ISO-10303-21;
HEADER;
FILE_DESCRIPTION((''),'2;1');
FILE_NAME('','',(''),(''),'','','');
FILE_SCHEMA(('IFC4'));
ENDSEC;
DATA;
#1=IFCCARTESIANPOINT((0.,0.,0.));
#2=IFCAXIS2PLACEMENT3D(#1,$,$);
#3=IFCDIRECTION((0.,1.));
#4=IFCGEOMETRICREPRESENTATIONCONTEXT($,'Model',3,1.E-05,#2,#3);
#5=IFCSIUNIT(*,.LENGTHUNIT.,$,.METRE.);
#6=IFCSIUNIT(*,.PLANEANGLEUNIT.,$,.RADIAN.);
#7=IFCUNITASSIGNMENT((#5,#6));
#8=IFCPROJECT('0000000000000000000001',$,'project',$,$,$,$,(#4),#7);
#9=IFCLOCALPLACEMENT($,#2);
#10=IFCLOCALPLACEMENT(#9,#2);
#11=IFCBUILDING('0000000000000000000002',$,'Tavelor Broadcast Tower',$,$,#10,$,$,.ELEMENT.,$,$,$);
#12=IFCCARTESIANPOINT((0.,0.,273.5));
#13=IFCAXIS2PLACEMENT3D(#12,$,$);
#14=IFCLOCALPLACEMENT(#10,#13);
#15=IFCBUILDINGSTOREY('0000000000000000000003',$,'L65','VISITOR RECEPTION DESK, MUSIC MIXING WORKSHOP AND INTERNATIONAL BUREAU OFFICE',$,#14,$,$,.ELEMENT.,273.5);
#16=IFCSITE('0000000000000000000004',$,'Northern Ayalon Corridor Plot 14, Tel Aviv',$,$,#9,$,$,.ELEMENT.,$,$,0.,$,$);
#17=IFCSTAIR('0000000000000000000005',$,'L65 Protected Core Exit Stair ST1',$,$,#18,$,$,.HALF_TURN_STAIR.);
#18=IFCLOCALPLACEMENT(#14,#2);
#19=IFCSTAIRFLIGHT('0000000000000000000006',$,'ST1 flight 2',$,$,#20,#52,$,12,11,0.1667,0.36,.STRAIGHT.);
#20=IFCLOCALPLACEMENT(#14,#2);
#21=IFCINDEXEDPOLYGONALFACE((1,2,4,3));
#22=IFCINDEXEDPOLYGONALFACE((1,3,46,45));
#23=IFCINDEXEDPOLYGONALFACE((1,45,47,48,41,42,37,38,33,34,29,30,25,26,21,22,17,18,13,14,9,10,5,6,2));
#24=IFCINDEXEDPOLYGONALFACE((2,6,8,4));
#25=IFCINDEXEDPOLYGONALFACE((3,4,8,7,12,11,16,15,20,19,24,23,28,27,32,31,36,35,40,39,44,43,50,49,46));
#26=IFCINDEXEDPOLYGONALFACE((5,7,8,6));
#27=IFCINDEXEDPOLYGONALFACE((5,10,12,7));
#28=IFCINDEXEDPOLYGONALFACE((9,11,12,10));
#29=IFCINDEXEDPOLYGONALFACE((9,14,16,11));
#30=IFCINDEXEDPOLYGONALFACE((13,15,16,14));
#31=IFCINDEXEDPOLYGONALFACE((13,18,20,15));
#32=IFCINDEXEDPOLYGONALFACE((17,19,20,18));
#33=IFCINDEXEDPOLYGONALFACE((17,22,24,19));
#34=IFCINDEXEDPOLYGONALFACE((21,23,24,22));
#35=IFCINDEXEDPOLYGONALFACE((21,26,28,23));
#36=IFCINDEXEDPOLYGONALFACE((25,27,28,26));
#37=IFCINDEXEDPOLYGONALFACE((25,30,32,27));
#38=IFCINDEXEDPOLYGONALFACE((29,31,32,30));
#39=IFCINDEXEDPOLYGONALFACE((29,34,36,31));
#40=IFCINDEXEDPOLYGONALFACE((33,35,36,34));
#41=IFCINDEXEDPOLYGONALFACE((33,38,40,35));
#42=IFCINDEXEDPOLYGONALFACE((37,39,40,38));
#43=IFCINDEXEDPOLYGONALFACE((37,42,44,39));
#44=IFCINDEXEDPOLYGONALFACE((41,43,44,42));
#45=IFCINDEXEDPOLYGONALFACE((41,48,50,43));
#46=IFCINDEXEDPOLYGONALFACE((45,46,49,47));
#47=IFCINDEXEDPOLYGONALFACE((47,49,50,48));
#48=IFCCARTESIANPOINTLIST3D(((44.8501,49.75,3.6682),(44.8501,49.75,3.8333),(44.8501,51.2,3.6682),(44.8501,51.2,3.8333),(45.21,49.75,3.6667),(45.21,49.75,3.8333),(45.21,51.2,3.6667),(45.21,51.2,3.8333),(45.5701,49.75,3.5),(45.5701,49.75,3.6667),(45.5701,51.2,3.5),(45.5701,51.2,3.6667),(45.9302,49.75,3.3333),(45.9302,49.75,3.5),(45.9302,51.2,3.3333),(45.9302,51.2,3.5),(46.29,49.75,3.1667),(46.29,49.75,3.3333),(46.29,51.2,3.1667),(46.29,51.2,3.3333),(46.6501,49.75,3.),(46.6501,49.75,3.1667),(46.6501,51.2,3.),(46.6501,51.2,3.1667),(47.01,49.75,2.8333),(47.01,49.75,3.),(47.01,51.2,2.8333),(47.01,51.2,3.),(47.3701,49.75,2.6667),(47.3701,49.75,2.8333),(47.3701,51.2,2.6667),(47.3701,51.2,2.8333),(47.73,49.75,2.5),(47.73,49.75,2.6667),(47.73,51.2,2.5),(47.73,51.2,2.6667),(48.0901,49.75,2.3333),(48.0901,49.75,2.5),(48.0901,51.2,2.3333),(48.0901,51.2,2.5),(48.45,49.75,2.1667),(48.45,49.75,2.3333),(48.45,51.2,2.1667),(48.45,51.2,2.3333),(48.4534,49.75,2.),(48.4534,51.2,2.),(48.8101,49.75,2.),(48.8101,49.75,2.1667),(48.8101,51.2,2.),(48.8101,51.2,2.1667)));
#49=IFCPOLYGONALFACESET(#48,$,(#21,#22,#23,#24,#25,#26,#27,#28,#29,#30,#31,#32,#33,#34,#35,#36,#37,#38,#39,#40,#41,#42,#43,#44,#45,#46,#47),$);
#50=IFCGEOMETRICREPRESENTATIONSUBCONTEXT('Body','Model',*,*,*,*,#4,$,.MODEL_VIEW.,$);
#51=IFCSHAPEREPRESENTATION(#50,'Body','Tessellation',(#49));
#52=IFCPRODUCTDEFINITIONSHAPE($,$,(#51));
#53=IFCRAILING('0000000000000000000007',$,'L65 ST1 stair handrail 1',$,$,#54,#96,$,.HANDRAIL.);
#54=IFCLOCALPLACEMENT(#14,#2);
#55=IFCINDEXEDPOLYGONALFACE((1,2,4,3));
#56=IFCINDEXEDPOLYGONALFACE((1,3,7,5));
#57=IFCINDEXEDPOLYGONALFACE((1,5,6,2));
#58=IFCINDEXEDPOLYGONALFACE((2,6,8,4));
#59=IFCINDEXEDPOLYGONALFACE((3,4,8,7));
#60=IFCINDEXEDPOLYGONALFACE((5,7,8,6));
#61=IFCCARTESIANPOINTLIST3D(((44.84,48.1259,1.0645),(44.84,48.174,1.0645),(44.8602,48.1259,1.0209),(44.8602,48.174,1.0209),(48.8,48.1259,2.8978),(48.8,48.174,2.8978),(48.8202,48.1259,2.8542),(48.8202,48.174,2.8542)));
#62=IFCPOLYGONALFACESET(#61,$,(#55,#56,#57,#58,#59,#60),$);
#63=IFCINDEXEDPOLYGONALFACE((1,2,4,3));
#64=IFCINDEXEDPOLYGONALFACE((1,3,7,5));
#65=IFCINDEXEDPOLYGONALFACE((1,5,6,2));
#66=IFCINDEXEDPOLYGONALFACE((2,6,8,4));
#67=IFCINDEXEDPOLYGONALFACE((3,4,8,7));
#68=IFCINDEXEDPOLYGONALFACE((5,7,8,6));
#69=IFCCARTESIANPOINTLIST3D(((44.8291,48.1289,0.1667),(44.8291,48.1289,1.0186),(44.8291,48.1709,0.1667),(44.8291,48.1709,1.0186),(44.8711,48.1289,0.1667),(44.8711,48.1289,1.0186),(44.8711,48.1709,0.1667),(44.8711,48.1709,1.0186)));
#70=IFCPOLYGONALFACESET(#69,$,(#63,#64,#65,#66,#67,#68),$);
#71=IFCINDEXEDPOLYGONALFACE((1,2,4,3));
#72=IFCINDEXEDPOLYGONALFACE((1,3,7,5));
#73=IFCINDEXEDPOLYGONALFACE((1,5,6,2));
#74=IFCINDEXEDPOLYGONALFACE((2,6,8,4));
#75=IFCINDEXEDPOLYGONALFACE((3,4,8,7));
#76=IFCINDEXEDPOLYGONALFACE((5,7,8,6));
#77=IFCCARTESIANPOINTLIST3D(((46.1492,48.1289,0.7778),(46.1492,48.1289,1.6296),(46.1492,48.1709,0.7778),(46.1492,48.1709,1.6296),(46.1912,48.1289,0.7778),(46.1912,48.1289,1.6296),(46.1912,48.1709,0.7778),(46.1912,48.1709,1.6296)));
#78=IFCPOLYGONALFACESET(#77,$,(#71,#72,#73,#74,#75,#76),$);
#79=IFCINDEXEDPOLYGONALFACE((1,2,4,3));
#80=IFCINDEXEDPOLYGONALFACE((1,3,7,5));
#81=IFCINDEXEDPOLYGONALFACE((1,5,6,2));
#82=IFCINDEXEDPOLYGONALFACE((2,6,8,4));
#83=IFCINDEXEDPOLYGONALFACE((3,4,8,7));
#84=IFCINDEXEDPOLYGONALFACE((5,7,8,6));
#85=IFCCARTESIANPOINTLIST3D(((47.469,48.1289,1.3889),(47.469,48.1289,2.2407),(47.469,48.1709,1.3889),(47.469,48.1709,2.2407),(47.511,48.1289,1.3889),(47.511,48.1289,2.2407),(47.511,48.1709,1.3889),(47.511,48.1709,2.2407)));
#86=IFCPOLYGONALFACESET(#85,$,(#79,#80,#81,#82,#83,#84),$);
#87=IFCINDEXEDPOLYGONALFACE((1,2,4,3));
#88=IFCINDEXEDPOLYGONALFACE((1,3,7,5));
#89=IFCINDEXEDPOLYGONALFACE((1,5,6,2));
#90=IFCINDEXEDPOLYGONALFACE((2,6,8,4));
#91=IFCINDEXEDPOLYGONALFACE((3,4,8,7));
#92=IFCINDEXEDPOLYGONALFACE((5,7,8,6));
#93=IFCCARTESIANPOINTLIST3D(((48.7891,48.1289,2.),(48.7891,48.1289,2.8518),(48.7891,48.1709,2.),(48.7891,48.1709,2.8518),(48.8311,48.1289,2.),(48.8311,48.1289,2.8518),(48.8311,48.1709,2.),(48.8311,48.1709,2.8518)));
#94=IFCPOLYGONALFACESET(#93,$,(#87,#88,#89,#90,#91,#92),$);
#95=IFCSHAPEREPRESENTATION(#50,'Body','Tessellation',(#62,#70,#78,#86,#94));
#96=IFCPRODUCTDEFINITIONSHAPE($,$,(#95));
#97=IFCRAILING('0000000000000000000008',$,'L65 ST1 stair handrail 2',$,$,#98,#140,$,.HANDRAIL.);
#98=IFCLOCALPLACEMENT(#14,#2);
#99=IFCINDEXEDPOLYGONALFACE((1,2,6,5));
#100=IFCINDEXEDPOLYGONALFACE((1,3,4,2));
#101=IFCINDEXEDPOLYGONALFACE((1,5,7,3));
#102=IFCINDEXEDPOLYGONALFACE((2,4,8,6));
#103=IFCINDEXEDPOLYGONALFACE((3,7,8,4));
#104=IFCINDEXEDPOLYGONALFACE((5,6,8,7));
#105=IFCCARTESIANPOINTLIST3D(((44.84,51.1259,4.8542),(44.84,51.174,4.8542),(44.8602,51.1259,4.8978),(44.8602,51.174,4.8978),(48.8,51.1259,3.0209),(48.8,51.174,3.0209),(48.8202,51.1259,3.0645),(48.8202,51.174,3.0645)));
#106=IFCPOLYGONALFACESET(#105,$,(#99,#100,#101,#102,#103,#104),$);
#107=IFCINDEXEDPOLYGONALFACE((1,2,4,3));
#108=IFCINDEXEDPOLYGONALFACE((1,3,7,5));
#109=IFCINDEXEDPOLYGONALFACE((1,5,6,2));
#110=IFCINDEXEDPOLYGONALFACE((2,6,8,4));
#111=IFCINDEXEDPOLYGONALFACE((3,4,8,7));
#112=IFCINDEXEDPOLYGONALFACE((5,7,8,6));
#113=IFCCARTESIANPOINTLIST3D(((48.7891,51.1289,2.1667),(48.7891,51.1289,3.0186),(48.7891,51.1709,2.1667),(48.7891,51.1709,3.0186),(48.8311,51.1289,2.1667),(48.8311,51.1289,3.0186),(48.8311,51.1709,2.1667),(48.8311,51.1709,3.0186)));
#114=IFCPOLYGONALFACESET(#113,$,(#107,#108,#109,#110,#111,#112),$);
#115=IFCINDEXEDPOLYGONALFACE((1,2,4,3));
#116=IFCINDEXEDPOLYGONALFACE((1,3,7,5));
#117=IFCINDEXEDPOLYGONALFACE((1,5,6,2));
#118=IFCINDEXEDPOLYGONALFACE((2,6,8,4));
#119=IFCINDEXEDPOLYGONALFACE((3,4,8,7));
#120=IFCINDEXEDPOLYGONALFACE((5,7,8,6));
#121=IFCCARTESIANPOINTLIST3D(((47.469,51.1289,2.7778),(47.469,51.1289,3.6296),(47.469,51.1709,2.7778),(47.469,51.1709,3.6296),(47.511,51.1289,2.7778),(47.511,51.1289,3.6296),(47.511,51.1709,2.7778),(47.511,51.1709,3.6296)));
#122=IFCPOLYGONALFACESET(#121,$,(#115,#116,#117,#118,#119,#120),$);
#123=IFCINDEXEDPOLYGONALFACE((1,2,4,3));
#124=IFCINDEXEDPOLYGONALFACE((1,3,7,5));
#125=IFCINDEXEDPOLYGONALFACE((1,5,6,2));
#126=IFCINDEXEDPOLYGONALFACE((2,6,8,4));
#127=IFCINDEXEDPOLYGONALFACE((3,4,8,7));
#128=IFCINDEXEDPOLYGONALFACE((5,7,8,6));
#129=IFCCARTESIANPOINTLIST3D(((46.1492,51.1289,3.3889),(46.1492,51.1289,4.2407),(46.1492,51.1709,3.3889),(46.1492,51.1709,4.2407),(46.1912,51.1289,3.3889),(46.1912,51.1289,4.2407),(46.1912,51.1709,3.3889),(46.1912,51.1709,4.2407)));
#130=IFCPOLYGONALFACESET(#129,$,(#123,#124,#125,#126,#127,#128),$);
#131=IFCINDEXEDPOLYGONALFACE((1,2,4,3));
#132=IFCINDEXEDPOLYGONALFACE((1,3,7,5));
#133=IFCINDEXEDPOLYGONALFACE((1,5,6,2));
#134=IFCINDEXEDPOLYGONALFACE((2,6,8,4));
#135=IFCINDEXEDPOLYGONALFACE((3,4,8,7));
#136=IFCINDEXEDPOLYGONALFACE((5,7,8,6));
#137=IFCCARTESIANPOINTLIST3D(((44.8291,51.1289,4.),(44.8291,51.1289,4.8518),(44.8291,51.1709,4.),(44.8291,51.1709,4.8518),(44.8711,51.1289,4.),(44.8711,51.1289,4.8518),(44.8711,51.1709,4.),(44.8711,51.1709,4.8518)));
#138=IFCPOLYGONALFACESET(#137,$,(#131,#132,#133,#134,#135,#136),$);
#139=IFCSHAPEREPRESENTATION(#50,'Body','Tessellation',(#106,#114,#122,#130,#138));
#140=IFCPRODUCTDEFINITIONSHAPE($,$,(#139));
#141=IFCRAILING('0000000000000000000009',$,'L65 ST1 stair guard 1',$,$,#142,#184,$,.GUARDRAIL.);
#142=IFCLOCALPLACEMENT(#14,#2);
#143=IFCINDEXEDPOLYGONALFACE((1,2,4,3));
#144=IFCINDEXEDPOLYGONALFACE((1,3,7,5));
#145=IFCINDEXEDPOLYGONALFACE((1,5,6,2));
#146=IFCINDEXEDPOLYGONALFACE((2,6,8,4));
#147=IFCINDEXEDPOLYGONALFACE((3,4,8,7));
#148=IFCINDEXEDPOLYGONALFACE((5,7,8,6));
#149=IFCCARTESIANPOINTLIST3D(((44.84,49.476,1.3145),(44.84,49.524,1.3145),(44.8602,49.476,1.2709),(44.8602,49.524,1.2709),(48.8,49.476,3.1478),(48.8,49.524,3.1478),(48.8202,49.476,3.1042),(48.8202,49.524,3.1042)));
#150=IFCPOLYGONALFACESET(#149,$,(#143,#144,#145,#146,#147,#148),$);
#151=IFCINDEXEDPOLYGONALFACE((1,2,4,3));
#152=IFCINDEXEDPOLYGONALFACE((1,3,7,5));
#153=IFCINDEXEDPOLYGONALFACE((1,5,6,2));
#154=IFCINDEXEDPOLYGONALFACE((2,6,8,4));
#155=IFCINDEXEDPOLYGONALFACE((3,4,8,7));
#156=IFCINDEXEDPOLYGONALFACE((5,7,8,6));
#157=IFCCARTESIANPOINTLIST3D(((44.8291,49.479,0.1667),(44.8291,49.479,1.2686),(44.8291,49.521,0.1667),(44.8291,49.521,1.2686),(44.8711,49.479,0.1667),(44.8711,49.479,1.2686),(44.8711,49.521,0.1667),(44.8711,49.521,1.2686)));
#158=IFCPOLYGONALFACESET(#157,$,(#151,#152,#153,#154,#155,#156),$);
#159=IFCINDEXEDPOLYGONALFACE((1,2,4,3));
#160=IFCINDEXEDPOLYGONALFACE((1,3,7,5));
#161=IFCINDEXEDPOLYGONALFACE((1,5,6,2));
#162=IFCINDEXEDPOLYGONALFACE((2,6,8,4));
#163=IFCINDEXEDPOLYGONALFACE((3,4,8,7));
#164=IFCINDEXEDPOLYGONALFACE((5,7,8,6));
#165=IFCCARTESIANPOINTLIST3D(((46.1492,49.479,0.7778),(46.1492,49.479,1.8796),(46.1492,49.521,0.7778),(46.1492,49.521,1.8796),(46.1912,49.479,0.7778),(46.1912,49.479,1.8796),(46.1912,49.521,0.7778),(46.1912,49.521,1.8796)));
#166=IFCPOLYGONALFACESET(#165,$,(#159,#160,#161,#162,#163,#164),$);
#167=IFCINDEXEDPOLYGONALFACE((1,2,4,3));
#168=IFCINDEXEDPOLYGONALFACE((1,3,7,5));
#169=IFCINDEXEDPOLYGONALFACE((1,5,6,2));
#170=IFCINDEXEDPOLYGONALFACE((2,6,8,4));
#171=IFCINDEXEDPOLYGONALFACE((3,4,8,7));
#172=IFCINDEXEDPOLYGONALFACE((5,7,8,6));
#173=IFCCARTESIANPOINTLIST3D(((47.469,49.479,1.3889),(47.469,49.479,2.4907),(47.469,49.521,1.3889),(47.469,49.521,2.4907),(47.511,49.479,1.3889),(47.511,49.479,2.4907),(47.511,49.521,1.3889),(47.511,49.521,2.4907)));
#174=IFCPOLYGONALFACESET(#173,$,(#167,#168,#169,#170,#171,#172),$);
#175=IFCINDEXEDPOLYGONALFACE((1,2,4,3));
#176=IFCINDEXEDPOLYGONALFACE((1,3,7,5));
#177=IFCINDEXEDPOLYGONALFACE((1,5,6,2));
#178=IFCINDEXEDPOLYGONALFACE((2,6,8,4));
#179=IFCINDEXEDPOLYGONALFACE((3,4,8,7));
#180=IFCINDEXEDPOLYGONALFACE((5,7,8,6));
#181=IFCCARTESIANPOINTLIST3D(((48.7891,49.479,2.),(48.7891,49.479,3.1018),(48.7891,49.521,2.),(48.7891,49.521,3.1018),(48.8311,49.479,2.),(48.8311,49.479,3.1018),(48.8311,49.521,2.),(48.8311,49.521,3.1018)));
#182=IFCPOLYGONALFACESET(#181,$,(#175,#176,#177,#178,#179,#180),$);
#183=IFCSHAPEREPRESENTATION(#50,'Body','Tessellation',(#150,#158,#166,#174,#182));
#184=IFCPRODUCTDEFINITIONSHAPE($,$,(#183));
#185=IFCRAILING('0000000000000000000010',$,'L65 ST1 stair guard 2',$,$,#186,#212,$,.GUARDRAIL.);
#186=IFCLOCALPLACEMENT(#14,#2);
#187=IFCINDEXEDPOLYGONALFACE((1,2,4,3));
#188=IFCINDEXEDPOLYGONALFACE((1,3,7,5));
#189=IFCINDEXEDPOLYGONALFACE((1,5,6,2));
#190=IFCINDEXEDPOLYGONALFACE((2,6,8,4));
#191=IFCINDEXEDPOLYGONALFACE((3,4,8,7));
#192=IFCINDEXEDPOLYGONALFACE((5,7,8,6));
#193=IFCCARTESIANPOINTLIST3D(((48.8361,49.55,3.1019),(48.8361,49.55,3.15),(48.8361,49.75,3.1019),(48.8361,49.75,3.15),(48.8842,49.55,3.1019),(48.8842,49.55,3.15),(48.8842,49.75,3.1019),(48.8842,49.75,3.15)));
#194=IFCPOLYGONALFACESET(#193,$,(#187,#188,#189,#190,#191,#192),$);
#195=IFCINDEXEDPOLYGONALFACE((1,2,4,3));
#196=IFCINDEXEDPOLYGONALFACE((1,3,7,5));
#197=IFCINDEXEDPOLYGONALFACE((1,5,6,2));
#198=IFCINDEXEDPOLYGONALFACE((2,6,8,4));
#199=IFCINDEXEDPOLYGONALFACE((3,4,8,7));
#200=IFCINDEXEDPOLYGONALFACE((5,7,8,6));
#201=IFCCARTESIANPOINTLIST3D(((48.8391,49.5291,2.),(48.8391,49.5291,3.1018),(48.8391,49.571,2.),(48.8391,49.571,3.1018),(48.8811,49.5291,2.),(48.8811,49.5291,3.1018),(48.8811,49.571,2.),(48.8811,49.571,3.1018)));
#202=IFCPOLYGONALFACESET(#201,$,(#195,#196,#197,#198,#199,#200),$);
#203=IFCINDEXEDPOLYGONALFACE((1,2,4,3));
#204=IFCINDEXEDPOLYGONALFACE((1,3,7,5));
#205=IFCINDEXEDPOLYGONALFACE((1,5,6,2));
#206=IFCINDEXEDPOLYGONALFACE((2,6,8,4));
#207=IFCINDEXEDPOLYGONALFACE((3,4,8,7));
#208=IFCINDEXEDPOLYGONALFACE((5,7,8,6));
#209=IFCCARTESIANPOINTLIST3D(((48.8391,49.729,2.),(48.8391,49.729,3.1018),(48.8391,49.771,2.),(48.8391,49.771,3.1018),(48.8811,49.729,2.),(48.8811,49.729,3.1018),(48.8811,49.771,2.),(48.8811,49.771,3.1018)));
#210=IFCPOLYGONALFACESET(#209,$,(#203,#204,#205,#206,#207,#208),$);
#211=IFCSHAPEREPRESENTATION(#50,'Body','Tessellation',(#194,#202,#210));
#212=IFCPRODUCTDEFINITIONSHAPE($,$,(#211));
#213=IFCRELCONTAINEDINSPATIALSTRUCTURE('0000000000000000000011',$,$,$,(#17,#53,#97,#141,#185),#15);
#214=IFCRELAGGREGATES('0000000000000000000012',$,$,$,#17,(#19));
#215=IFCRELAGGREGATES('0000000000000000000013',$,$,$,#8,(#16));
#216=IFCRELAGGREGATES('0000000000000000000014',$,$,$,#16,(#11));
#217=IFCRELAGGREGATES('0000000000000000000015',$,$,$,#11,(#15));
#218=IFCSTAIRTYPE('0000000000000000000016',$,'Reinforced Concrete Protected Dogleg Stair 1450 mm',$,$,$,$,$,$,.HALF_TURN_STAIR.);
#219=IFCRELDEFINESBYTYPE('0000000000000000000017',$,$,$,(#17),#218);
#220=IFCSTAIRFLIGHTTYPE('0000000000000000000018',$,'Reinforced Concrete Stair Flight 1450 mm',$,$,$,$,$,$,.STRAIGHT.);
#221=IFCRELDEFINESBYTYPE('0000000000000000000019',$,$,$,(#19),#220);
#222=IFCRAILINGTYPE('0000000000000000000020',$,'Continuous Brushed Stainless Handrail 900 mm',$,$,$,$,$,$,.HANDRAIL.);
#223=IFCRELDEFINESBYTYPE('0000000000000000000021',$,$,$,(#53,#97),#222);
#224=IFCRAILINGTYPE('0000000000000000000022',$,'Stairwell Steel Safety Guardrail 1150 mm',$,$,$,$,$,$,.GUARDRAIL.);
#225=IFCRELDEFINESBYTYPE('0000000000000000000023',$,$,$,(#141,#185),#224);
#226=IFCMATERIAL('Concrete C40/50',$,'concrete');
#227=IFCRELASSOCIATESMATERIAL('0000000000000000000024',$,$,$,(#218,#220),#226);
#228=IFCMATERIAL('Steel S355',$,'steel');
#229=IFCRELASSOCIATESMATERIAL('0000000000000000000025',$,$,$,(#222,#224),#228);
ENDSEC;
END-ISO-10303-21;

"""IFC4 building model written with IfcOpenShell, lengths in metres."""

from ifc_helpers import new_model, si_unit, direction, frame, origin, origin_2d, place, context, subcontext, project, spatial, polyline, rectangle, outline, extrude, material, type_object, element, aggregate, save


model = new_model("IFC4")

# Units and contexts
model_context = context("Model", 3, precision=1e-05, world=origin(), true_north=direction((0.0, 1.0)))
body_context = subcontext(model_context, "Body", "Model", "MODEL_VIEW")
ifc_project = project(units=[si_unit("LENGTHUNIT", "METRE"), si_unit("PLANEANGLEUNIT", "RADIAN")], contexts=[model_context])

# Site, building, storey
site_placement = place(None, origin())
site = spatial("IfcSite", under=ifc_project, at=site_placement, Name="Northern Ayalon Corridor Plot 14, Tel Aviv", CompositionType="ELEMENT", RefElevation=0.0)
building_placement = place(site_placement, origin())
building = spatial("IfcBuilding", under=site, at=building_placement, Name="Tavelor Broadcast Tower", CompositionType="ELEMENT")
storey_placement = place(building_placement, frame((0.0, 0.0, 273.5)))
storey = spatial("IfcBuildingStorey", under=building, at=storey_placement, Name="L65", Description="VISITOR RECEPTION DESK, MUSIC MIXING WORKSHOP AND INTERNATIONAL BUREAU OFFICE", CompositionType="ELEMENT", Elevation=273.5)

# Shared definitions
ifc_material_1 = material(Name="Steel S355", Category="steel")

# Shared definitions
ifc_material_2 = material(Name="Concrete C40/50", Category="concrete")

# Stair, stair flight
stair_type = type_object("IfcStairType", Name="Reinforced Concrete Protected Dogleg Stair 1450 mm", PredefinedType="HALF_TURN_STAIR", material=ifc_material_2)
stair_placement = place(storey_placement, origin())
stair = element("IfcStair", 1, at=stair_placement, inside=storey, type_object=stair_type, Name="L65 Protected Core Exit Stair ST1", PredefinedType="HALF_TURN_STAIR")
stair_flight_type = type_object("IfcStairFlightType", Name="Reinforced Concrete Stair Flight 1450 mm", PredefinedType="STRAIGHT", material=ifc_material_2)
stair_flight_1_placement = place(storey_placement, frame((48.8101, 50.4751, 2.0), z_axis=(0.0, 0.0, 1.0), x_axis=(-1.0, 0.0, 0.0)))
stair_flight_1 = element("IfcStairFlight", 2, at=stair_flight_1_placement, type_object=stair_flight_type, Name="ST1 flight 2", NumberOfRisers=12, NumberOfTreads=11, PredefinedType="STRAIGHT", RiserHeight=0.1667, TreadLength=0.36, context=body_context, shape_type="SweptSolid", body=[
    extrude(outline(polyline([(0.0, 0.0), (0.0, 0.1667), (0.3601, 0.1667), (0.3601, 0.3333), (0.72, 0.3333), (0.72, 0.5), (1.0801, 0.5), (1.0801, 0.6667), (1.4399, 0.6667), (1.4399, 0.8333), (1.8, 0.8333), (1.8, 1.0), (2.1599, 1.0), (2.1599, 1.1667), (2.52, 1.1667), (2.52, 1.3333), (2.8799, 1.3333), (2.8799, 1.5), (3.24, 1.5), (3.24, 1.6667), (3.6001, 1.6667), (3.6001, 1.8333), (3.96, 1.8333), (3.96, 2.0), (3.96, 1.6682), (0.3567, 0.0), (0.0, 0.0)])), frame((0.0, 0.7251, 0.0), z_axis=(0.0, -1.0, 0.0), x_axis=(1.0, 0.0, 0.0)), (0.0, 0.0, 1.0), 1.45),
])
aggregate(stair, [stair_flight_1])

# Railings
railing_type_1 = type_object("IfcRailingType", Name="Continuous Brushed Stainless Handrail 900 mm", PredefinedType="HANDRAIL", material=ifc_material_1)
railing_1_placement = place(storey_placement, frame((44.8501, 48.1499, 0.1667)))
element("IfcRailing", 3, at=railing_1_placement, inside=storey, type_object=railing_type_1, Name="L65 ST1 stair handrail 1", PredefinedType="HANDRAIL", context=body_context, shape_type="SweptSolid", body=[
    extrude(rectangle(XDim=0.0481, YDim=0.0481, at=origin_2d()), frame((0.0, 0.0, 0.876), z_axis=(0.907472, 0.0, 0.420112), x_axis=(0.0, 1.0, 0.0)), (0.0, 0.0, 1.0), 4.3638),
    extrude(rectangle(XDim=0.042, YDim=0.042, at=origin_2d()), origin(), (0.0, 0.0, 1.0), 0.8518),
    extrude(rectangle(XDim=0.042, YDim=0.042, at=origin_2d()), frame((1.3201, 0.0, 0.6111)), (0.0, 0.0, 1.0), 0.8518),
    extrude(rectangle(XDim=0.042, YDim=0.042, at=origin_2d()), frame((2.6399, 0.0, 1.2222)), (0.0, 0.0, 1.0), 0.8518),
    extrude(rectangle(XDim=0.042, YDim=0.042, at=origin_2d()), frame((3.96, 0.0, 1.8333)), (0.0, 0.0, 1.0), 0.8518),
])
railing_2_placement = place(storey_placement, frame((48.8101, 51.1499, 2.1667)))
element("IfcRailing", 4, at=railing_2_placement, inside=storey, type_object=railing_type_1, Name="L65 ST1 stair handrail 2", PredefinedType="HANDRAIL", context=body_context, shape_type="SweptSolid", body=[
    extrude(rectangle(XDim=0.0481, YDim=0.0481, at=origin_2d()), frame((0.0, 0.0, 0.876), z_axis=(-0.907472, 0.0, 0.420112), x_axis=(0.0, -1.0, 0.0)), (0.0, 0.0, 1.0), 4.3638),
    extrude(rectangle(XDim=0.042, YDim=0.042, at=origin_2d()), origin(), (0.0, 0.0, 1.0), 0.8518),
    extrude(rectangle(XDim=0.042, YDim=0.042, at=origin_2d()), frame((-1.3201, 0.0, 0.6111)), (0.0, 0.0, 1.0), 0.8518),
    extrude(rectangle(XDim=0.042, YDim=0.042, at=origin_2d()), frame((-2.6399, 0.0, 1.2222)), (0.0, 0.0, 1.0), 0.8518),
    extrude(rectangle(XDim=0.042, YDim=0.042, at=origin_2d()), frame((-3.96, 0.0, 1.8333)), (0.0, 0.0, 1.0), 0.8518),
])
railing_type_2 = type_object("IfcRailingType", Name="Stairwell Steel Safety Guardrail 1150 mm", PredefinedType="GUARDRAIL", material=ifc_material_1)
railing_3_placement = place(storey_placement, frame((44.8501, 49.5, 0.1667)))
element("IfcRailing", 5, at=railing_3_placement, inside=storey, type_object=railing_type_2, Name="L65 ST1 stair guard 1", PredefinedType="GUARDRAIL", context=body_context, shape_type="SweptSolid", body=[
    extrude(rectangle(XDim=0.0481, YDim=0.0481, at=origin_2d()), frame((0.0, 0.0, 1.126), z_axis=(0.907472, 0.0, 0.420112), x_axis=(0.0, 1.0, 0.0)), (0.0, 0.0, 1.0), 4.3638),
    extrude(rectangle(XDim=0.042, YDim=0.042, at=origin_2d()), origin(), (0.0, 0.0, 1.0), 1.1018),
    extrude(rectangle(XDim=0.042, YDim=0.042, at=origin_2d()), frame((1.3201, 0.0, 0.6111)), (0.0, 0.0, 1.0), 1.1018),
    extrude(rectangle(XDim=0.042, YDim=0.042, at=origin_2d()), frame((2.6399, 0.0, 1.2222)), (0.0, 0.0, 1.0), 1.1018),
    extrude(rectangle(XDim=0.042, YDim=0.042, at=origin_2d()), frame((3.96, 0.0, 1.8333)), (0.0, 0.0, 1.0), 1.1018),
])
railing_4_placement = place(storey_placement, frame((48.8601, 49.55, 2.0)))
element("IfcRailing", 6, at=railing_4_placement, inside=storey, type_object=railing_type_2, Name="L65 ST1 stair guard 2", PredefinedType="GUARDRAIL", context=body_context, shape_type="SweptSolid", body=[
    extrude(rectangle(XDim=0.0481, YDim=0.0481, at=origin_2d()), frame((0.0, 0.0, 1.126), z_axis=(0.0, 1.0, 0.0), x_axis=(-1.0, 0.0, 0.0)), (0.0, 0.0, 1.0), 0.2),
    extrude(rectangle(XDim=0.042, YDim=0.042, at=origin_2d()), origin(), (0.0, 0.0, 1.0), 1.1018),
    extrude(rectangle(XDim=0.042, YDim=0.042, at=origin_2d()), frame((0.0, 0.2, 0.0)), (0.0, 0.0, 1.0), 1.1018),
])

save(model, "model.ifc")
